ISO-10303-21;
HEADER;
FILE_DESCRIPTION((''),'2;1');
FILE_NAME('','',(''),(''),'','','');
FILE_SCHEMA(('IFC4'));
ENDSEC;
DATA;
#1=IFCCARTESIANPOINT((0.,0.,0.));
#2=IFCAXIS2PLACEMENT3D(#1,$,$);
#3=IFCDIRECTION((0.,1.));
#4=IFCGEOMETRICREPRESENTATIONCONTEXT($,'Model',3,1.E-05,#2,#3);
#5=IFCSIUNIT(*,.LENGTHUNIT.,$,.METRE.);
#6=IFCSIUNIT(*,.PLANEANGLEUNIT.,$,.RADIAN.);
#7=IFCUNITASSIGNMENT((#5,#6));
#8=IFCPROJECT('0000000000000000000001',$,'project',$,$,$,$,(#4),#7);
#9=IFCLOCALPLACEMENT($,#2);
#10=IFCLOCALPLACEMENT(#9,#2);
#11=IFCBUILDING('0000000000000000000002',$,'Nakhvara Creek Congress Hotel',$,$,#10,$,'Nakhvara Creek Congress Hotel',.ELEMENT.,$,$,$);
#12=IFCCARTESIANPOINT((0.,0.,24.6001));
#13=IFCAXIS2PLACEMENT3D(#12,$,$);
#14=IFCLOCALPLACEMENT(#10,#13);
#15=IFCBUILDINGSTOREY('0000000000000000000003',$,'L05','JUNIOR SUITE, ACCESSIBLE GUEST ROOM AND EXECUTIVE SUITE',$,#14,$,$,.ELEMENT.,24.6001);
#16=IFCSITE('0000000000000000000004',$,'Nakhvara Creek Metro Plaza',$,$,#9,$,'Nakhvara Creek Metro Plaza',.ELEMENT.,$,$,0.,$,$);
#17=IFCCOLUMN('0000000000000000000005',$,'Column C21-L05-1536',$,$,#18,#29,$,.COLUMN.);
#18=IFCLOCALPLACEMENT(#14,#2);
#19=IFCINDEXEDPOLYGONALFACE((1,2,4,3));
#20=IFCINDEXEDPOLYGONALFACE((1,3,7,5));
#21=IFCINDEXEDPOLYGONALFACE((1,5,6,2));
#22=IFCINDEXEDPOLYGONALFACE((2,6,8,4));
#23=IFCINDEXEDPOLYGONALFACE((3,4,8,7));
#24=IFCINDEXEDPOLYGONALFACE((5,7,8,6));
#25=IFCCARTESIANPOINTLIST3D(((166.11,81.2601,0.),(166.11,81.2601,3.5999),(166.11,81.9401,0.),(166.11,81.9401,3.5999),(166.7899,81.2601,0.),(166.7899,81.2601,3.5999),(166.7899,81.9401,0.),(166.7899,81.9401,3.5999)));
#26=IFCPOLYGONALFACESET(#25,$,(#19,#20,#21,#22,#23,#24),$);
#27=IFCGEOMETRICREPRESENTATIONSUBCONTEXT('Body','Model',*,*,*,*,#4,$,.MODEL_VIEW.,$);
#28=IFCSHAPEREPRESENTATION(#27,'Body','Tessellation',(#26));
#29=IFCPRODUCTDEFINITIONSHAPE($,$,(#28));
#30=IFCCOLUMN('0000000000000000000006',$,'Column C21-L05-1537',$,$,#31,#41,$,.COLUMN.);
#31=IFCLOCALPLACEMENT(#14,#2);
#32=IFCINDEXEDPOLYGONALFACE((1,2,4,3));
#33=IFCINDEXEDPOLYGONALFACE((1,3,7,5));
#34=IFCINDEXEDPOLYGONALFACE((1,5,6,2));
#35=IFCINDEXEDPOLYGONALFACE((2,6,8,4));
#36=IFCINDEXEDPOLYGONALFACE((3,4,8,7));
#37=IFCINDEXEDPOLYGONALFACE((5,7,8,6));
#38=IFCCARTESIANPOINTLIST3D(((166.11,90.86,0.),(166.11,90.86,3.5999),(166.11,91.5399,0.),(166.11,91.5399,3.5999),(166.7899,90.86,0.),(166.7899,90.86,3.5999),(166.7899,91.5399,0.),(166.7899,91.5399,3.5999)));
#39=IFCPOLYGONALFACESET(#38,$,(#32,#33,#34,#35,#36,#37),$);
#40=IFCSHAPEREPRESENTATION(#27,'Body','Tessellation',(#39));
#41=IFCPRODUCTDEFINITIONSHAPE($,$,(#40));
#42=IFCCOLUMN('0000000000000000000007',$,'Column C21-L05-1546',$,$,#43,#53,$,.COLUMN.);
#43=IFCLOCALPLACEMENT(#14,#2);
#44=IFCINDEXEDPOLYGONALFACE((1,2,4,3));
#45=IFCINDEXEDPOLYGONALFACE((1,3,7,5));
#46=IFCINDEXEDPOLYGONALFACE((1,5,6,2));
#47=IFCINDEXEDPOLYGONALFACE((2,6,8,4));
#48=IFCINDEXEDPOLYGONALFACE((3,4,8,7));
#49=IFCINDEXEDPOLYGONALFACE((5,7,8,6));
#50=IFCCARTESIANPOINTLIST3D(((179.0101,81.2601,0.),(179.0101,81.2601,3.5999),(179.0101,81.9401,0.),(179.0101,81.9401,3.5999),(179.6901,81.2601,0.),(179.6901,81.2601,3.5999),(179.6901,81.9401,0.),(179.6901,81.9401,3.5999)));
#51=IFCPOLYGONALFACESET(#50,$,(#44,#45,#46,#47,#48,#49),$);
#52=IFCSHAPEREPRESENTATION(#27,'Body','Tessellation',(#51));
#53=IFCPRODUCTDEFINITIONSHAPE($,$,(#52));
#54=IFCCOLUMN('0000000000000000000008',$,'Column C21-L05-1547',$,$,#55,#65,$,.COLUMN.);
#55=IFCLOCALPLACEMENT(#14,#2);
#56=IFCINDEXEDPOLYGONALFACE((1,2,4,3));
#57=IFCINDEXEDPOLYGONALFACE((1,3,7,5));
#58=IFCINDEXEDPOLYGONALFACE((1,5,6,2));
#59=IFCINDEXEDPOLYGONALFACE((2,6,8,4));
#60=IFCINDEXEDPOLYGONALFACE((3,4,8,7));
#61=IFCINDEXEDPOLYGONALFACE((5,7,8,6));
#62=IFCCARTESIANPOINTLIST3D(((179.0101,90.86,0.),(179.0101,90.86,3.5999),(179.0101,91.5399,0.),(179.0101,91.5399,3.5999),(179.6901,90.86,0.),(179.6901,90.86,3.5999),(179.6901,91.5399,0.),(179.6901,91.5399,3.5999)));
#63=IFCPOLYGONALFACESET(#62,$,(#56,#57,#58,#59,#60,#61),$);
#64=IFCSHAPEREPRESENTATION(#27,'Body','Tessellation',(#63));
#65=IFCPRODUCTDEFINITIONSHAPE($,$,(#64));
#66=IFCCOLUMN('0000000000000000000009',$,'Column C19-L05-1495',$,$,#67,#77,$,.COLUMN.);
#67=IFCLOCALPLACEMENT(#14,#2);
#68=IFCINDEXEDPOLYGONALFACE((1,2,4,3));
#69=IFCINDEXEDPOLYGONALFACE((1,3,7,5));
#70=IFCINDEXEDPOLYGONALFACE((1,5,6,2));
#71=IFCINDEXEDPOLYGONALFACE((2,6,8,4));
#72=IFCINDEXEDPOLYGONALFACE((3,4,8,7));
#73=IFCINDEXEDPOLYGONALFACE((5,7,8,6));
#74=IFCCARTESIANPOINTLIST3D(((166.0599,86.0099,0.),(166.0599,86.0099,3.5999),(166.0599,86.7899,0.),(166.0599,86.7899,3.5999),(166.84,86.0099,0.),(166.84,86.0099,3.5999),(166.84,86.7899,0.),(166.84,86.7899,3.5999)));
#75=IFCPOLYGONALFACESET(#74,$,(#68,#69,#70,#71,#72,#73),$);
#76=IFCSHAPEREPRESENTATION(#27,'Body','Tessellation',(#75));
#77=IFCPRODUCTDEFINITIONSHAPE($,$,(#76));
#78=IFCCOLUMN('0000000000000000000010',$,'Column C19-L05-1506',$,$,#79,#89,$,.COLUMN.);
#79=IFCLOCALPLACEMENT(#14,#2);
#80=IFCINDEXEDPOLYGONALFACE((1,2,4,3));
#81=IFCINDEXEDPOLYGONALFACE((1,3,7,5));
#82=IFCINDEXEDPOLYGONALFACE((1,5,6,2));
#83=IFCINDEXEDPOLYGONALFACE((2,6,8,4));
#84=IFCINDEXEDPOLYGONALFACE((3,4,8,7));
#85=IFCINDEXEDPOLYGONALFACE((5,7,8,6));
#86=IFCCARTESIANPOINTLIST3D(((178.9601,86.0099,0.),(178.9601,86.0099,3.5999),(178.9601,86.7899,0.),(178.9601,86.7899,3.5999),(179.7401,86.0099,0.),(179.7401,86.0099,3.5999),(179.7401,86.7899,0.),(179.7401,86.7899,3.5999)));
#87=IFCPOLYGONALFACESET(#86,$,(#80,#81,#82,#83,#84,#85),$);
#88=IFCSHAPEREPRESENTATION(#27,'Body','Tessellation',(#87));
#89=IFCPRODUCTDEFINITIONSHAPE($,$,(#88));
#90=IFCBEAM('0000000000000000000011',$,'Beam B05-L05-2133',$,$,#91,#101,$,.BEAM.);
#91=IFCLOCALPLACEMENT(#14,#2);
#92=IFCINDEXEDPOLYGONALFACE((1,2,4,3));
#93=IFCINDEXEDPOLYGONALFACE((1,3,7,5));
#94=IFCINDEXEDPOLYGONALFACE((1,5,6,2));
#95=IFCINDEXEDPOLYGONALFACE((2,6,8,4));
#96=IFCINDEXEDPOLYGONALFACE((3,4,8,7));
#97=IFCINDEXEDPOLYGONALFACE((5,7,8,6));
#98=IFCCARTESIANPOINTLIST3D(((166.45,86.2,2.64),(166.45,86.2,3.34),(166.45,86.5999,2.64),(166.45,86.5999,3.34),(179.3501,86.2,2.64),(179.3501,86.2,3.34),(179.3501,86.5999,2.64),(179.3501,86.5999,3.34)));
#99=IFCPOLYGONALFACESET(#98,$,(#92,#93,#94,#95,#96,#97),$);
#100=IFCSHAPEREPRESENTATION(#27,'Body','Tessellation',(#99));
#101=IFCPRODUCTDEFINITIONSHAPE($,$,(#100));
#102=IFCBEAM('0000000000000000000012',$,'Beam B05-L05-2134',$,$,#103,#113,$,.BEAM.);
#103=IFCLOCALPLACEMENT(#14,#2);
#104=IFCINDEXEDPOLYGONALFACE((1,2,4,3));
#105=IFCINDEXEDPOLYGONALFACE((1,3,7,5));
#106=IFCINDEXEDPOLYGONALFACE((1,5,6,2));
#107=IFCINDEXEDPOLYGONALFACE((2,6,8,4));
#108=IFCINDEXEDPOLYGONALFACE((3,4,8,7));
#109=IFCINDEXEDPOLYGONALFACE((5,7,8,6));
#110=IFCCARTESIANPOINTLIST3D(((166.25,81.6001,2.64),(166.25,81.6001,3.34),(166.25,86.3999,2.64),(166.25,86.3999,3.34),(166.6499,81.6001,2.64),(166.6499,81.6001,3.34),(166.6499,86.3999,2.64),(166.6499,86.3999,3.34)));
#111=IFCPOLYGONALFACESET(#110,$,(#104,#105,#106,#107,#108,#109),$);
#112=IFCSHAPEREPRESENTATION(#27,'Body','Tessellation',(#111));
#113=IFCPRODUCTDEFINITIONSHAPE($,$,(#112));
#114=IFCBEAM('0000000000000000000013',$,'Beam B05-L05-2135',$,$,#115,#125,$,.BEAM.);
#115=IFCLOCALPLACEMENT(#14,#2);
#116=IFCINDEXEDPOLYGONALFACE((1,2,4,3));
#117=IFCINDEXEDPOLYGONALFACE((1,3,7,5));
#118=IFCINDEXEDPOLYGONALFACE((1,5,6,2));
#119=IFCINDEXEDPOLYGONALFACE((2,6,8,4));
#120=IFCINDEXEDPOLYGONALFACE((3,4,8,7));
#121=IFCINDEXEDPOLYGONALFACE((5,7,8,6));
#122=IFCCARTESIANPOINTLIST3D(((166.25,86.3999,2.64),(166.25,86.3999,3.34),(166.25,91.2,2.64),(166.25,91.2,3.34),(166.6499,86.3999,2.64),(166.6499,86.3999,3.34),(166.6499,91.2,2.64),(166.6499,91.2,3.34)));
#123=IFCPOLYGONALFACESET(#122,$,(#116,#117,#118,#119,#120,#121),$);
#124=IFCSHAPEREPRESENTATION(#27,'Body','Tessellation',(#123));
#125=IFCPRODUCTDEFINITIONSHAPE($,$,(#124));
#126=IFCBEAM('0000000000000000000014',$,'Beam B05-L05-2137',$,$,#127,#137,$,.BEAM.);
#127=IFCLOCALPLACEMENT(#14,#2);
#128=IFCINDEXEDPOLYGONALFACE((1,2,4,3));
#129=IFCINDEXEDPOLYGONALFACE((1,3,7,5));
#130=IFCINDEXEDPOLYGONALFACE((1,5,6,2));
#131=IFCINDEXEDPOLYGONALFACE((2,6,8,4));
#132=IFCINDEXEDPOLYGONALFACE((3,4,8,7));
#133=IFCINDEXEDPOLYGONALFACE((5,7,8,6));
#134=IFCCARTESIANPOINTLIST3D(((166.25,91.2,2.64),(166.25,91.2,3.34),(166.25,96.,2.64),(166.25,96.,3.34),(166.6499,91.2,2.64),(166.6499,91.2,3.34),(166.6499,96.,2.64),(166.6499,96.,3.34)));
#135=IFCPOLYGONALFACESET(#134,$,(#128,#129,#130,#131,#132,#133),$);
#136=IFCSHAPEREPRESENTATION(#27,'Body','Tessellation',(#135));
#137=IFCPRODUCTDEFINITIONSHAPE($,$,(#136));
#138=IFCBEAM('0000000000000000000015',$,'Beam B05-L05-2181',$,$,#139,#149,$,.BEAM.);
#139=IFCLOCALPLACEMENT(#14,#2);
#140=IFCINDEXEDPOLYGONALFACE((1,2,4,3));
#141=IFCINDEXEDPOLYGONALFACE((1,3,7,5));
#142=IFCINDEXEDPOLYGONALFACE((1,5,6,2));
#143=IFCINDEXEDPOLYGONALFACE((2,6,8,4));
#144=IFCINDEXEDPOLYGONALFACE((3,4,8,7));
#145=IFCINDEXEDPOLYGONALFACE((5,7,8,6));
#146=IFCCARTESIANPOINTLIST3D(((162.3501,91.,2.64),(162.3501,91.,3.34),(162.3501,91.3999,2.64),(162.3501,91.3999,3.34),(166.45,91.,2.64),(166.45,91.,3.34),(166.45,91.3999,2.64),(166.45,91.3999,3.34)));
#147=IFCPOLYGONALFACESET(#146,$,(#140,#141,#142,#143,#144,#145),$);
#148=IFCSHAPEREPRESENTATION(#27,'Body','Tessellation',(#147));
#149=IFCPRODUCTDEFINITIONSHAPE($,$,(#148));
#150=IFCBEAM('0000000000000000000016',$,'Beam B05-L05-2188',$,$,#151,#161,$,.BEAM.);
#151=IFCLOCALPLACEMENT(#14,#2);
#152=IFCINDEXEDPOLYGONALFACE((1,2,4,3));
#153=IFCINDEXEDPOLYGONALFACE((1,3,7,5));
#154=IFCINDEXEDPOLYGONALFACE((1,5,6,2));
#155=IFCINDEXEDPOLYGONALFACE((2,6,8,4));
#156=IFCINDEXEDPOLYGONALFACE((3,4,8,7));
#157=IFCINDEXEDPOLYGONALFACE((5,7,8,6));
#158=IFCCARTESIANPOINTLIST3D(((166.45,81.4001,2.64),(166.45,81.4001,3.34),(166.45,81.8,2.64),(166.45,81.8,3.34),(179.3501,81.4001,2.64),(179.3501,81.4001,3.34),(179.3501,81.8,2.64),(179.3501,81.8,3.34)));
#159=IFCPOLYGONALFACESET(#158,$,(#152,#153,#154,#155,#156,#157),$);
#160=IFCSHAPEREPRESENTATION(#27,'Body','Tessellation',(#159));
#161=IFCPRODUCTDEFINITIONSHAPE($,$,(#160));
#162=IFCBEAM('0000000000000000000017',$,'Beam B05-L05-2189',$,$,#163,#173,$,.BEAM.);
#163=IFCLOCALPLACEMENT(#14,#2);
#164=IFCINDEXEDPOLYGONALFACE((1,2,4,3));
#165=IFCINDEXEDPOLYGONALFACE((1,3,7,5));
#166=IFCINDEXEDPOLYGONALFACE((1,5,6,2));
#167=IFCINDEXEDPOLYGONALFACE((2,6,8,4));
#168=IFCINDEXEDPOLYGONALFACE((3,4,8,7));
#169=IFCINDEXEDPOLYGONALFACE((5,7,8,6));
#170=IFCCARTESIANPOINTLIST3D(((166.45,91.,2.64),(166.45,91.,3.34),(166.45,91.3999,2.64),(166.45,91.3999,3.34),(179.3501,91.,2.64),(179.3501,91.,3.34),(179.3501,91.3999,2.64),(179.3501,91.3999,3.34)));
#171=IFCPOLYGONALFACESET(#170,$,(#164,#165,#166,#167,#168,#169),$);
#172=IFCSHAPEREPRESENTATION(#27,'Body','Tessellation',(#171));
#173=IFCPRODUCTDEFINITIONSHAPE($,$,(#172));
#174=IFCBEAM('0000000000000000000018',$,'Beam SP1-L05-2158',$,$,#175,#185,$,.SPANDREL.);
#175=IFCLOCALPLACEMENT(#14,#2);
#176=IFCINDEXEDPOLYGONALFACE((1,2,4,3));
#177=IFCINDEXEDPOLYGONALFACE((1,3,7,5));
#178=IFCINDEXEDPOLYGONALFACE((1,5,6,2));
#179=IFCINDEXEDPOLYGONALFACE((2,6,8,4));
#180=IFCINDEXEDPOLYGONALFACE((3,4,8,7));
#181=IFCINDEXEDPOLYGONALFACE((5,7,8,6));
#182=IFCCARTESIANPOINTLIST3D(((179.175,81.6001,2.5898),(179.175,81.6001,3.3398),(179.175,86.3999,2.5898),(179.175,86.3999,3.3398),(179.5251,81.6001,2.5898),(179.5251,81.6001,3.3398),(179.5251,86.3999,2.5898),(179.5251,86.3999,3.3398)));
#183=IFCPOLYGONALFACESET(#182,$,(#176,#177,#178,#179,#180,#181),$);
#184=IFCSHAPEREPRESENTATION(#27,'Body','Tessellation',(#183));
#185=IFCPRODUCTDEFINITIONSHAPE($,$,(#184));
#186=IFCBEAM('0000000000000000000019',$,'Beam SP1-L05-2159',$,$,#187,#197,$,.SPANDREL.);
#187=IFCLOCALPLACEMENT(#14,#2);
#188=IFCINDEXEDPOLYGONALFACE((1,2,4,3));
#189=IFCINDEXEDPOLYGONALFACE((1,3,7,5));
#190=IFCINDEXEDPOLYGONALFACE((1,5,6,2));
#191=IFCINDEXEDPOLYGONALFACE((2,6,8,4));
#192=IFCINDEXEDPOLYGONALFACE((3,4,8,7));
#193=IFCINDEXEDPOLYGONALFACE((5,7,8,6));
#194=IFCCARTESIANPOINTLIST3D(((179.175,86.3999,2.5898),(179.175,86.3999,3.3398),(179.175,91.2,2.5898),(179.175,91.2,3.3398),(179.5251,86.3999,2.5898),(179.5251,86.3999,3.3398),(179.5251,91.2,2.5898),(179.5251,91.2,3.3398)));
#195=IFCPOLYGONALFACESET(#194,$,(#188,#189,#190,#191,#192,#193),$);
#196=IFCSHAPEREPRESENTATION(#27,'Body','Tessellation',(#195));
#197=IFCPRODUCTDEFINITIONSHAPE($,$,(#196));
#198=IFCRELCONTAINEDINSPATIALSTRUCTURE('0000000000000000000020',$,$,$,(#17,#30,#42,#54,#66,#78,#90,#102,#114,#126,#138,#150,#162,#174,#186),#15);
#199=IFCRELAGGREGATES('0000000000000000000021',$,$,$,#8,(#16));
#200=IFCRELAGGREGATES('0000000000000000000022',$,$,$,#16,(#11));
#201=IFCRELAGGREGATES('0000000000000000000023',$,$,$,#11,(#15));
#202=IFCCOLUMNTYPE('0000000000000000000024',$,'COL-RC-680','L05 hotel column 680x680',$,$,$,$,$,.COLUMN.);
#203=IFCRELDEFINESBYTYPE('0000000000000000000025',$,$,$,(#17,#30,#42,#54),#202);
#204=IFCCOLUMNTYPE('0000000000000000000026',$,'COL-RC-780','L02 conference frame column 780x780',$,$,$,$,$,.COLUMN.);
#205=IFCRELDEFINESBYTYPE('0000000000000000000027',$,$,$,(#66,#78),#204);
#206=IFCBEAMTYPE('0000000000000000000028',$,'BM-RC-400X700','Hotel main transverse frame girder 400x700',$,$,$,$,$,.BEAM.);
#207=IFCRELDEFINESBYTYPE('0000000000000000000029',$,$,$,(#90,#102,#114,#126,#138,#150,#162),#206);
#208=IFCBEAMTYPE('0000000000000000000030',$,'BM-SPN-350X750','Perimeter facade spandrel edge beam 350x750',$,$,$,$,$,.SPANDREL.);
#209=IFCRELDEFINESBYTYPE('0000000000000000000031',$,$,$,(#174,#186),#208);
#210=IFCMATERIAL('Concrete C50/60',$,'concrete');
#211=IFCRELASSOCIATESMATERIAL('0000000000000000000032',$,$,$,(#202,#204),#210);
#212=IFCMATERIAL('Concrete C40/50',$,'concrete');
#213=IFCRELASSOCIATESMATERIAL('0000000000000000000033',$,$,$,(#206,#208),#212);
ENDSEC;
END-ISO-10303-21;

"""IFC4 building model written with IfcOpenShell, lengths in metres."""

from ifc_helpers import new_model, si_unit, direction, frame, origin, origin_2d, place, context, subcontext, project, spatial, rectangle, extrude, material, material_profile, profile_set, type_object, element, save


model = new_model("IFC4")

# Units and contexts
model_context = context("Model", 3, precision=1e-05, world=origin(), true_north=direction((0.0, 1.0)))
body_context = subcontext(model_context, "Body", "Model", "MODEL_VIEW")
ifc_project = project(units=[si_unit("LENGTHUNIT", "METRE"), si_unit("PLANEANGLEUNIT", "RADIAN")], contexts=[model_context])

# Site, building, storey
site_placement = place(None, origin())
site = spatial("IfcSite", under=ifc_project, at=site_placement, Name="Nakhvara Creek Metro Plaza", LongName="Nakhvara Creek Metro Plaza", CompositionType="ELEMENT", RefElevation=0.0)
building_placement = place(site_placement, origin())
building = spatial("IfcBuilding", under=site, at=building_placement, Name="Nakhvara Creek Congress Hotel", LongName="Nakhvara Creek Congress Hotel", CompositionType="ELEMENT")
storey_placement = place(building_placement, frame((0.0, 0.0, 24.6001)))
storey = spatial("IfcBuildingStorey", under=building, at=storey_placement, Name="L05", Description="JUNIOR SUITE, ACCESSIBLE GUEST ROOM AND EXECUTIVE SUITE", CompositionType="ELEMENT", Elevation=24.6001)

# Columns
ifc_material_1 = material(Name="Concrete C50/60", Category="concrete")
ifc_material_profile_1 = material_profile(ifc_material_1, rectangle(XDim=0.6799, YDim=0.6799, at=origin_2d()), Name="RC-COL 680x680", Category="LoadBearing")
ifc_profile_set_1 = profile_set([ifc_material_profile_1], Name="Concrete C50/60")
column_type_1 = type_object("IfcColumnType", Name="COL-RC-680", Description="L05 hotel column 680x680", PredefinedType="COLUMN", material=ifc_profile_set_1)
for number, where, z_axis, x_axis, name in (
    (1, (166.45, 81.6001, 0.0), (0.0, 0.0, 1.0), (1.0, 0.0, 0.0), "Column C21-L05-1536"),
    (2, (166.45, 91.2, 0.0), (0.0, 0.0, 1.0), (1.0, 0.0, 0.0), "Column C21-L05-1537"),
    (3, (179.3501, 81.6001, 0.0), (0.0, 0.0, 1.0), (1.0, 0.0, 0.0), "Column C21-L05-1546"),
    (4, (179.3501, 91.2, 0.0), (0.0, 0.0, 1.0), (1.0, 0.0, 0.0), "Column C21-L05-1547"),
):
    element("IfcColumn", number, at=place(storey_placement, frame(where, z_axis=z_axis, x_axis=x_axis)), inside=storey, type_object=column_type_1, Name=name, PredefinedType="COLUMN", context=body_context, shape_type="SweptSolid", body=[
        extrude(rectangle(XDim=0.6799, YDim=0.6799, at=origin_2d()), origin(), (0.0, 0.0, 1.0), 3.5999),
    ])
ifc_material_profile_2 = material_profile(ifc_material_1, rectangle(XDim=0.78, YDim=0.78, at=origin_2d()), Name="RC-COL 780x780", Category="LoadBearing")
ifc_profile_set_2 = profile_set([ifc_material_profile_2], Name="Concrete C50/60")
column_type_2 = type_object("IfcColumnType", Name="COL-RC-780", Description="L02 conference frame column 780x780", PredefinedType="COLUMN", material=ifc_profile_set_2)
for number, where, z_axis, x_axis, name in (
    (5, (166.45, 86.3999, 0.0), (0.0, 0.0, 1.0), (1.0, 0.0, 0.0), "Column C19-L05-1495"),
    (6, (179.3501, 86.3999, 0.0), (0.0, 0.0, 1.0), (1.0, 0.0, 0.0), "Column C19-L05-1506"),
):
    element("IfcColumn", number, at=place(storey_placement, frame(where, z_axis=z_axis, x_axis=x_axis)), inside=storey, type_object=column_type_2, Name=name, PredefinedType="COLUMN", context=body_context, shape_type="SweptSolid", body=[
        extrude(rectangle(XDim=0.78, YDim=0.78, at=origin_2d()), origin(), (0.0, 0.0, 1.0), 3.5999),
    ])

# Beams
ifc_material_2 = material(Name="Concrete C40/50", Category="concrete")
ifc_material_profile_3 = material_profile(ifc_material_2, rectangle(XDim=0.3999, YDim=0.7, at=origin_2d()), Name="RC-BM 400x700", Category="LoadBearing")
ifc_profile_set_3 = profile_set([ifc_material_profile_3], Name="Concrete C40/50")
beam_type_1 = type_object("IfcBeamType", Name="BM-RC-400X700", Description="Hotel main transverse frame girder 400x700", PredefinedType="BEAM", material=ifc_profile_set_3)
beam_1_placement = place(storey_placement, frame((166.45, 86.3999, 2.99), z_axis=(1.0, 0.0, 0.0), x_axis=(0.0, 1.0, 0.0)))
element("IfcBeam", 7, at=beam_1_placement, inside=storey, type_object=beam_type_1, Name="Beam B05-L05-2133", PredefinedType="BEAM", context=body_context, shape_type="SweptSolid", body=[
    extrude(rectangle(XDim=0.3999, YDim=0.7, at=origin_2d()), origin(), (0.0, 0.0, 1.0), 12.9001),
])
beam_2_placement = place(storey_placement, frame((166.45, 81.6001, 2.99), z_axis=(0.0, 1.0, 0.0), x_axis=(-1.0, 0.0, 0.0)))
element("IfcBeam", 8, at=beam_2_placement, inside=storey, type_object=beam_type_1, Name="Beam B05-L05-2134", PredefinedType="BEAM", context=body_context, shape_type="SweptSolid", body=[
    extrude(rectangle(XDim=0.3999, YDim=0.7, at=origin_2d()), origin(), (0.0, 0.0, 1.0), 4.7998),
])
for number, where, z_axis, x_axis, name in (
    (9, (166.45, 86.3999, 2.99), (0.0, 1.0, 0.0), (-1.0, 0.0, 0.0), "Beam B05-L05-2135"),
    (10, (166.45, 91.2, 2.99), (0.0, 1.0, 0.0), (-1.0, 0.0, 0.0), "Beam B05-L05-2137"),
):
    element("IfcBeam", number, at=place(storey_placement, frame(where, z_axis=z_axis, x_axis=x_axis)), inside=storey, type_object=beam_type_1, Name=name, PredefinedType="BEAM", context=body_context, shape_type="SweptSolid", body=[
        extrude(rectangle(XDim=0.3999, YDim=0.7, at=origin_2d()), origin(), (0.0, 0.0, 1.0), 4.8),
    ])
beam_3_placement = place(storey_placement, frame((162.3501, 91.2, 2.99), z_axis=(1.0, 0.0, 0.0), x_axis=(0.0, 1.0, 0.0)))
element("IfcBeam", 11, at=beam_3_placement, inside=storey, type_object=beam_type_1, Name="Beam B05-L05-2181", PredefinedType="BEAM", context=body_context, shape_type="SweptSolid", body=[
    extrude(rectangle(XDim=0.3999, YDim=0.7, at=origin_2d()), origin(), (0.0, 0.0, 1.0), 4.0999),
])
for number, where, z_axis, x_axis, name in (
    (12, (166.45, 81.6001, 2.99), (1.0, 0.0, 0.0), (0.0, 1.0, 0.0), "Beam B05-L05-2188"),
    (13, (166.45, 91.2, 2.99), (1.0, 0.0, 0.0), (0.0, 1.0, 0.0), "Beam B05-L05-2189"),
):
    element("IfcBeam", number, at=place(storey_placement, frame(where, z_axis=z_axis, x_axis=x_axis)), inside=storey, type_object=beam_type_1, Name=name, PredefinedType="BEAM", context=body_context, shape_type="SweptSolid", body=[
        extrude(rectangle(XDim=0.3999, YDim=0.7, at=origin_2d()), origin(), (0.0, 0.0, 1.0), 12.9001),
    ])
ifc_material_profile_4 = material_profile(ifc_material_2, rectangle(XDim=0.3501, YDim=0.75, at=origin_2d()), Name="RC-SPANDREL 350x750", Category="LoadBearing")
ifc_profile_set_4 = profile_set([ifc_material_profile_4], Name="Concrete C40/50")
beam_type_2 = type_object("IfcBeamType", Name="BM-SPN-350X750", Description="Perimeter facade spandrel edge beam 350x750", PredefinedType="SPANDREL", material=ifc_profile_set_4)
beam_4_placement = place(storey_placement, frame((179.3501, 81.6001, 2.9648), z_axis=(0.0, 1.0, 0.0), x_axis=(-1.0, 0.0, 0.0)))
element("IfcBeam", 14, at=beam_4_placement, inside=storey, type_object=beam_type_2, Name="Beam SP1-L05-2158", PredefinedType="SPANDREL", context=body_context, shape_type="SweptSolid", body=[
    extrude(rectangle(XDim=0.3501, YDim=0.75, at=origin_2d()), origin(), (0.0, 0.0, 1.0), 4.7998),
])
beam_5_placement = place(storey_placement, frame((179.3501, 86.3999, 2.9648), z_axis=(0.0, 1.0, 0.0), x_axis=(-1.0, 0.0, 0.0)))
element("IfcBeam", 15, at=beam_5_placement, inside=storey, type_object=beam_type_2, Name="Beam SP1-L05-2159", PredefinedType="SPANDREL", context=body_context, shape_type="SweptSolid", body=[
    extrude(rectangle(XDim=0.3501, YDim=0.75, at=origin_2d()), origin(), (0.0, 0.0, 1.0), 4.8),
])

save(model, "model.ifc")
